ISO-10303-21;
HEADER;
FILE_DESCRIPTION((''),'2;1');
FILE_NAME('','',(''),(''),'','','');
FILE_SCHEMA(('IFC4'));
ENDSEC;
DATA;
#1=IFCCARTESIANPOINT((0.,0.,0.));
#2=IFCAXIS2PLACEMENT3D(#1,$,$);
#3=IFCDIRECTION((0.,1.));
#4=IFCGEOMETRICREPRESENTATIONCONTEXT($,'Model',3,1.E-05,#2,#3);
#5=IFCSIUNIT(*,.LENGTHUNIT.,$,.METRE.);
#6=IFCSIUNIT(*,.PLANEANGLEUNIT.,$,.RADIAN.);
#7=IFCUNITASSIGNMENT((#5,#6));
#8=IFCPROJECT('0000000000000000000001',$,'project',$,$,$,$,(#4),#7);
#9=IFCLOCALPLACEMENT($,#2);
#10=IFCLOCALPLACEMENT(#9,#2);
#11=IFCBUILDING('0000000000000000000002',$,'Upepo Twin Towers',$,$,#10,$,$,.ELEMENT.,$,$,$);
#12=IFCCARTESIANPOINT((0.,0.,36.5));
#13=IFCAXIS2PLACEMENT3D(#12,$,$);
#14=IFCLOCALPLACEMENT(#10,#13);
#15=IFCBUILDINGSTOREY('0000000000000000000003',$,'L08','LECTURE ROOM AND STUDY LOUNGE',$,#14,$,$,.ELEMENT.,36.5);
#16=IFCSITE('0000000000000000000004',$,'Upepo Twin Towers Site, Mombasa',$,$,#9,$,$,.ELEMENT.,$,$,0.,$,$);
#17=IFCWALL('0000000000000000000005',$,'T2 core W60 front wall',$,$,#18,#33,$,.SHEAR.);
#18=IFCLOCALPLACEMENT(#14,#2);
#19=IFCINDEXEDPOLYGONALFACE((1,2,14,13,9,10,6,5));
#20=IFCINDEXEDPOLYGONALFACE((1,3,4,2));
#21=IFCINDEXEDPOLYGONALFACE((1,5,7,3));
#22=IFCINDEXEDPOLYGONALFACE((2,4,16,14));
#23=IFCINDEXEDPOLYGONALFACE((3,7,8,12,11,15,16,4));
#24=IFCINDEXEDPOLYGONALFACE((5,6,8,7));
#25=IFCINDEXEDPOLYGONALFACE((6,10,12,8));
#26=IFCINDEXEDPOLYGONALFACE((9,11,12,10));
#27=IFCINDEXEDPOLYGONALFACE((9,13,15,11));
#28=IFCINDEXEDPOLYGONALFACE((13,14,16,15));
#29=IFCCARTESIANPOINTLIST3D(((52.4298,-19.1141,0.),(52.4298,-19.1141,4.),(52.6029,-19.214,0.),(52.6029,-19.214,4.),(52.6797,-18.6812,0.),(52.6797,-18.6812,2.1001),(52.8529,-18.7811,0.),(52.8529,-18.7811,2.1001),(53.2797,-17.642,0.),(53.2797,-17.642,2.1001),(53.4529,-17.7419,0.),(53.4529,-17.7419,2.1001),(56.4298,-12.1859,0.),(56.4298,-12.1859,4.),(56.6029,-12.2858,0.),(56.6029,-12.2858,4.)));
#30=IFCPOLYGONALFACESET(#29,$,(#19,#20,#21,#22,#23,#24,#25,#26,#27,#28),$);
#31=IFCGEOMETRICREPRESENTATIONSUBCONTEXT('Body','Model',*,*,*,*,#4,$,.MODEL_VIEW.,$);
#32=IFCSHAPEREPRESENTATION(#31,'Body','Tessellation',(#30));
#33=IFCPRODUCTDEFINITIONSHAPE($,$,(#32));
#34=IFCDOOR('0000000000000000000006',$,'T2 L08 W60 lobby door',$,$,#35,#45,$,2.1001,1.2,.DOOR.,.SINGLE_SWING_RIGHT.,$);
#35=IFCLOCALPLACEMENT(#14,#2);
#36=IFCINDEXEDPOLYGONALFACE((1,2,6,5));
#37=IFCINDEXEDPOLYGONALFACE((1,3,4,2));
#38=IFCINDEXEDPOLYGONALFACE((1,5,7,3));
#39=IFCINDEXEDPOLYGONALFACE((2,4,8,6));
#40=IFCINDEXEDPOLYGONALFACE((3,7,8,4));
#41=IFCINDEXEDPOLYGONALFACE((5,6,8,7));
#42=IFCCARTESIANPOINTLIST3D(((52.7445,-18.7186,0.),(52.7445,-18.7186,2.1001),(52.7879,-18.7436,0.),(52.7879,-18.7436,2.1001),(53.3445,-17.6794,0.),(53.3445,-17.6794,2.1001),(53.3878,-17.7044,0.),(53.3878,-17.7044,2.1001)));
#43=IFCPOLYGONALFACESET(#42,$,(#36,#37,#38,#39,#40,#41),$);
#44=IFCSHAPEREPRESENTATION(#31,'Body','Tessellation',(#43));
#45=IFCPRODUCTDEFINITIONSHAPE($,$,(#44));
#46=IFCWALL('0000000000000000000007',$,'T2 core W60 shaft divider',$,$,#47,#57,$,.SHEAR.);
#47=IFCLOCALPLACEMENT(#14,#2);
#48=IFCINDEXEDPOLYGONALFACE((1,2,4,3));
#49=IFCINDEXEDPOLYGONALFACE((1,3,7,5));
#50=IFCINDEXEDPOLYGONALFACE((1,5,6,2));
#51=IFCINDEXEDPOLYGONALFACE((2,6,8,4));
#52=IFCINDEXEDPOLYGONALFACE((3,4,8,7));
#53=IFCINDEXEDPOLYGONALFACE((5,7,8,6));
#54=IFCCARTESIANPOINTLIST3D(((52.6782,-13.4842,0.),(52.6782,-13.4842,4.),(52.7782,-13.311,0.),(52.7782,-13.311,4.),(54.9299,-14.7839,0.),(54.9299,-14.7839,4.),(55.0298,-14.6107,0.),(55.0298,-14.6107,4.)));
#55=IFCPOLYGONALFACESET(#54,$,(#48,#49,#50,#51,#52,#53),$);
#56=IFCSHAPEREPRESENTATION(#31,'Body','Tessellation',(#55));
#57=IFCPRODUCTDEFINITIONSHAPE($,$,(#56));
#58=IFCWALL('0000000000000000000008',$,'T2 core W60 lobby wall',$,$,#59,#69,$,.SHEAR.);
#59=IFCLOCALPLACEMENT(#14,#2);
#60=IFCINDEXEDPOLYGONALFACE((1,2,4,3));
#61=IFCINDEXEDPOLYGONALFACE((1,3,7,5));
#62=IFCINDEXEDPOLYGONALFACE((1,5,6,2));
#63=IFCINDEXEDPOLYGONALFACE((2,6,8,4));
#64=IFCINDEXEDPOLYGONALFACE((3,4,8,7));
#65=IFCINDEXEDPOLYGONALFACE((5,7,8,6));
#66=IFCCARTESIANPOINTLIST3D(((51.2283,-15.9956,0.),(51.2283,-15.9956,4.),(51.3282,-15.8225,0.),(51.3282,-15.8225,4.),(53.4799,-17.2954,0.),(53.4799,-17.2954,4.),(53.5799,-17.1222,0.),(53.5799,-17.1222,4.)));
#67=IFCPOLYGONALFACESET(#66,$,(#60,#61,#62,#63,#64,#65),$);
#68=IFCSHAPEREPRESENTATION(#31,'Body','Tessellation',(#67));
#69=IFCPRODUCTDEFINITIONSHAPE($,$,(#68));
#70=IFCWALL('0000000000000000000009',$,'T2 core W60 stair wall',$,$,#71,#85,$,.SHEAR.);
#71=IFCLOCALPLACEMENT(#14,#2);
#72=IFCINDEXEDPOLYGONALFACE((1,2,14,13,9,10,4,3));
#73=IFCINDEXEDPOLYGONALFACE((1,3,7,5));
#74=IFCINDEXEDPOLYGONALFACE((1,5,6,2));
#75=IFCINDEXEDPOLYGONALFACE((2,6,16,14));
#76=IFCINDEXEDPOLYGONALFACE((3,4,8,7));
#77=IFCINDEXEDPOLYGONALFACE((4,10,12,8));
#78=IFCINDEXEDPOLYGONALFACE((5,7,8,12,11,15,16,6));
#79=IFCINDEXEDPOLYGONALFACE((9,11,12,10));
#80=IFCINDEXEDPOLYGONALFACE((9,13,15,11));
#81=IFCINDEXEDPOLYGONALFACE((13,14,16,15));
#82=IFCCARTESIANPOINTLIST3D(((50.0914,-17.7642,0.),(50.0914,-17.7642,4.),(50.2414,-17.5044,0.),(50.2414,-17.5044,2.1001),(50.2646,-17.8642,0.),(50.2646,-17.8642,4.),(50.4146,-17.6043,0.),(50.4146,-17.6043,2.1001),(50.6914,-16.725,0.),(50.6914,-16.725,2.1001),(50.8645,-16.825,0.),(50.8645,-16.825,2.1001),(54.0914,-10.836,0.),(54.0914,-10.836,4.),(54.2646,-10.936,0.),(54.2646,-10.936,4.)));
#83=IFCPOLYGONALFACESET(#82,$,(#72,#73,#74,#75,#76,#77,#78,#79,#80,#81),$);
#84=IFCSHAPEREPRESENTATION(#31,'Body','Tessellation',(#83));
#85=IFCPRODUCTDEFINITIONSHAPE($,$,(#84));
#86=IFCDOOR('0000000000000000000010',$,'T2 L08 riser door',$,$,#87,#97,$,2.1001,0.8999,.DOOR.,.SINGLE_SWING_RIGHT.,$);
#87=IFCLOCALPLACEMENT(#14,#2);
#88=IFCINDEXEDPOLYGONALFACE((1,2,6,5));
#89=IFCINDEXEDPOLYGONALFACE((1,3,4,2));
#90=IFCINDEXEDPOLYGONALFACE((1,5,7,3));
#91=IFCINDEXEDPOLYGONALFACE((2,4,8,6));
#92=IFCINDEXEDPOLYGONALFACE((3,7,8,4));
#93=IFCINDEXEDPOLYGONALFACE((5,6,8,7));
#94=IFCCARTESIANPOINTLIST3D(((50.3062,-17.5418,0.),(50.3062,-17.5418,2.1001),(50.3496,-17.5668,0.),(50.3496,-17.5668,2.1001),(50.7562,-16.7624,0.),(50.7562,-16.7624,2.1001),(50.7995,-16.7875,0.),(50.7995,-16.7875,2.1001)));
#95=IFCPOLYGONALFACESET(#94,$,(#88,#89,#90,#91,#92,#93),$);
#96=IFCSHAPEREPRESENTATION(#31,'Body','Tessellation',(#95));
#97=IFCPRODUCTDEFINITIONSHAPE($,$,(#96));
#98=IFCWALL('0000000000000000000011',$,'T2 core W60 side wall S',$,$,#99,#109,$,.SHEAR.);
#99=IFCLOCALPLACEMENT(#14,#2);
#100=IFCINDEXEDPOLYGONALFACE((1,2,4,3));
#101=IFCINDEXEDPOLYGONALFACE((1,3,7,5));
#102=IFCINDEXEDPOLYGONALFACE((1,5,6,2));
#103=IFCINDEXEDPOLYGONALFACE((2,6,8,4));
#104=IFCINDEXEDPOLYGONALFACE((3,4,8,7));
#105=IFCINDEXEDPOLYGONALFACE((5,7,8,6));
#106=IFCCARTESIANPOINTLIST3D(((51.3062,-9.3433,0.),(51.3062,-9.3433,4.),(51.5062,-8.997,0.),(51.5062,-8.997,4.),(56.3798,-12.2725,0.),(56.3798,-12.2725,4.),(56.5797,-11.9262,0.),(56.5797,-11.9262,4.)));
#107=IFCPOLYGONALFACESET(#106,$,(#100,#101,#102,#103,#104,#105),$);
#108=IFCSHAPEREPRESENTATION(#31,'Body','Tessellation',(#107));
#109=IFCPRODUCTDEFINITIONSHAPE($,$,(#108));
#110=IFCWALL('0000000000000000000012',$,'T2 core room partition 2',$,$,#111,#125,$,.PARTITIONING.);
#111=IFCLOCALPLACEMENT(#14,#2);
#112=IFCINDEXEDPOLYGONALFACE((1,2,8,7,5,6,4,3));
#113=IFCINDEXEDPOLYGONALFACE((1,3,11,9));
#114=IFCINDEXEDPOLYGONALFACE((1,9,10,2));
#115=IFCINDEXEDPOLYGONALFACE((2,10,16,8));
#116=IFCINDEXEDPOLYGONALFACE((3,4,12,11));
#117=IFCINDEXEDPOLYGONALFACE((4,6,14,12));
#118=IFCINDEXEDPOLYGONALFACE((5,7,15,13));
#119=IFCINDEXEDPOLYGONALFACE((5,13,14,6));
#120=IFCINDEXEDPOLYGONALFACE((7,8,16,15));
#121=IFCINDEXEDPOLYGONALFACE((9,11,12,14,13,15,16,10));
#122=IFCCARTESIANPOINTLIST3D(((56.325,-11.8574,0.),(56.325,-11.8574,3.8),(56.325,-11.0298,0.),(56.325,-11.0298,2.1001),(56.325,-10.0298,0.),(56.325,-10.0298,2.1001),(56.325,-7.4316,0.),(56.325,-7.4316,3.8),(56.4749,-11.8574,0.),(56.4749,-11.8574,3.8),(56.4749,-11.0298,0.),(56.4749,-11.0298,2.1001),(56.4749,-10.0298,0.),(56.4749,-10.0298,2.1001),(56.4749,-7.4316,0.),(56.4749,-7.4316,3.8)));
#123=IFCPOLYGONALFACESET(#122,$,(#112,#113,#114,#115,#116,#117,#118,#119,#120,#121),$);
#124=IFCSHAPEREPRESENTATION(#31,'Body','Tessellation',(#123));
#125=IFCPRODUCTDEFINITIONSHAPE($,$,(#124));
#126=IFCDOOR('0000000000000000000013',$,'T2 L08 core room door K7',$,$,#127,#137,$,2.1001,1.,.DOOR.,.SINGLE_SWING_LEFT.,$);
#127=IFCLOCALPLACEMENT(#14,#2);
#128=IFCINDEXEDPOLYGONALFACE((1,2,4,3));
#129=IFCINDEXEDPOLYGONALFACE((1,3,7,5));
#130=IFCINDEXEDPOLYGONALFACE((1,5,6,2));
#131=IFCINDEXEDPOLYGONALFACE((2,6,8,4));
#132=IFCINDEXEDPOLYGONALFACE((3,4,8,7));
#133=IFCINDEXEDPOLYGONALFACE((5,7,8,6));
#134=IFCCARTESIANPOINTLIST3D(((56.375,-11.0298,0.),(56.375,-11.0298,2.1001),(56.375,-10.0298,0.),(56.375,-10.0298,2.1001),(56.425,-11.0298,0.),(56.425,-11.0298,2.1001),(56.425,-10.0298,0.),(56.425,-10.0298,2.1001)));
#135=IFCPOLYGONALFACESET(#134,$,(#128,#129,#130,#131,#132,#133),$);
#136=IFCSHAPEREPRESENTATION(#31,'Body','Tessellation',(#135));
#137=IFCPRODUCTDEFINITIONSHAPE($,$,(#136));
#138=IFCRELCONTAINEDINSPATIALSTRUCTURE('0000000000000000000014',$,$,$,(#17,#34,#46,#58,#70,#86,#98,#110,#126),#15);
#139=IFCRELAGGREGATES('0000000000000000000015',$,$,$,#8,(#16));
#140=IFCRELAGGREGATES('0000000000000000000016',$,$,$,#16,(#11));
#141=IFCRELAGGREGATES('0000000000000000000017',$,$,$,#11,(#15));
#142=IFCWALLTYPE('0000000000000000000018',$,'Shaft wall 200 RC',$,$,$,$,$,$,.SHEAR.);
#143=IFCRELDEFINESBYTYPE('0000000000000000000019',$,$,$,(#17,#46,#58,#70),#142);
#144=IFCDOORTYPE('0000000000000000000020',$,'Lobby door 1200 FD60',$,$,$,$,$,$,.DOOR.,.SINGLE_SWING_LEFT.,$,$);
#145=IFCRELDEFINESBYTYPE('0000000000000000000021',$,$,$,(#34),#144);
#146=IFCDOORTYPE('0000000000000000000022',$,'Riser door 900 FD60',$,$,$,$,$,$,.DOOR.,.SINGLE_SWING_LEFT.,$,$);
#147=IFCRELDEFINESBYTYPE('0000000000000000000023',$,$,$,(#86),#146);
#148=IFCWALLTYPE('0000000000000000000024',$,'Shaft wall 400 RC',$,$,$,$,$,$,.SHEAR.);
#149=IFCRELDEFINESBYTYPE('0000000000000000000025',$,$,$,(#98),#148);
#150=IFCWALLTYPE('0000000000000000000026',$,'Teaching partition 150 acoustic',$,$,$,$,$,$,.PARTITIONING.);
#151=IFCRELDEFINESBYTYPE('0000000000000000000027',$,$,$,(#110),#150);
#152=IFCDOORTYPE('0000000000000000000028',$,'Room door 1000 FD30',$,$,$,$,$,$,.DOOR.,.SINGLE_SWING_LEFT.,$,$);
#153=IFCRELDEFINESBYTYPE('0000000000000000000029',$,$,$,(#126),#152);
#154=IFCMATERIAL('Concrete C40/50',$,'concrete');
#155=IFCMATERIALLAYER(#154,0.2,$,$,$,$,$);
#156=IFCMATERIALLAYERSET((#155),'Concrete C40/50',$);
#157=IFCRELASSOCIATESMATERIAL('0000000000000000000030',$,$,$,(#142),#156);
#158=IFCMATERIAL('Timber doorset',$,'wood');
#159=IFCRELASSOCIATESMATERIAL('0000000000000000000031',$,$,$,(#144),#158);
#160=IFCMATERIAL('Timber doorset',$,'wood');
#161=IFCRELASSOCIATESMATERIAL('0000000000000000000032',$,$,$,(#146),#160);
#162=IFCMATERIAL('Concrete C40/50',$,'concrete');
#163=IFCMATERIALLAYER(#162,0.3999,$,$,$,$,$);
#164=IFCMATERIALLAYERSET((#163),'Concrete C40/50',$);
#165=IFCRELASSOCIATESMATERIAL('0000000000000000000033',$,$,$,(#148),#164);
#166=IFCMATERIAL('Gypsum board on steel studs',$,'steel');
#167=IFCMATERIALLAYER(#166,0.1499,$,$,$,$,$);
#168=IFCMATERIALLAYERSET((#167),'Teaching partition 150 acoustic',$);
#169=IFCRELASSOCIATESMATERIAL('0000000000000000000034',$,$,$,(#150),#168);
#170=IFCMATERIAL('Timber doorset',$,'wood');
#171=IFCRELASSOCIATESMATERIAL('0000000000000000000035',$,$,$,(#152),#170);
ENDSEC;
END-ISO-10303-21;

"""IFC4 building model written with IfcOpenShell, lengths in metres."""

from ifc_helpers import new_model, si_unit, direction, frame, frame_2d, origin, place, context, subcontext, project, spatial, rectangle, extrude, material, layer, layer_set, type_object, element, fill, save


model = new_model("IFC4")

# Units and contexts
model_context = context("Model", 3, precision=1e-05, world=origin(), true_north=direction((0.0, 1.0)))
body_context = subcontext(model_context, "Body", "Model", "MODEL_VIEW")
ifc_project = project(units=[si_unit("LENGTHUNIT", "METRE"), si_unit("PLANEANGLEUNIT", "RADIAN")], contexts=[model_context])

# Site, building, storey
site_placement = place(None, origin())
site = spatial("IfcSite", under=ifc_project, at=site_placement, Name="Upepo Twin Towers Site, Mombasa", CompositionType="ELEMENT", RefElevation=0.0)
building_placement = place(site_placement, origin())
building = spatial("IfcBuilding", under=site, at=building_placement, Name="Upepo Twin Towers", CompositionType="ELEMENT")
storey_placement = place(building_placement, frame((0.0, 0.0, 36.5)))
storey = spatial("IfcBuildingStorey", under=building, at=storey_placement, Name="L08", Description="LECTURE ROOM AND STUDY LOUNGE", CompositionType="ELEMENT", Elevation=36.5)

# Wall, opening, door
ifc_material_1 = material(Name="Concrete C40/50", Category="concrete")
ifc_layer_1 = layer(ifc_material_1, 0.2)
ifc_layer_set_1 = layer_set([ifc_layer_1], Name="Concrete C40/50")
wall_type_1 = type_object("IfcWallType", Name="Shaft wall 200 RC", PredefinedType="SHEAR", material=ifc_layer_set_1)
wall_1_placement = place(storey_placement, frame((56.5164, -12.2358, 0.0), z_axis=(0.0, 0.0, 1.0), x_axis=(-0.499999, -0.866026, 0.0)))
wall_1 = element("IfcWall", 1, at=wall_1_placement, inside=storey, type_object=wall_type_1, Name="T2 core W60 front wall", PredefinedType="SHEAR", context=body_context, shape_type="SweptSolid", body=[
    extrude(rectangle(XDim=8.0, YDim=0.2, at=frame_2d((4.0, 0.0))), origin(), (0.0, 0.0, 1.0), 4.0),
])
opening_1_placement = place(wall_1_placement, frame((6.3, 0.0, 0.0)))
opening_1 = element("IfcOpeningElement", 2, at=opening_1_placement, cuts=wall_1, PredefinedType="OPENING", context=body_context, shape_type="SweptSolid", body=[
    extrude(rectangle(XDim=1.2, YDim=2.1001, at=frame_2d((0.6001, 1.05))), frame((0.0, 0.1099, 0.0), z_axis=(0.0, -1.0, 0.0), x_axis=(1.0, 0.0, 0.0)), (0.0, 0.0, 1.0), 0.22),
])
ifc_material_2 = material(Name="Timber doorset", Category="wood")
door_type_1 = type_object("IfcDoorType", Name="Lobby door 1200 FD60", OperationType="SINGLE_SWING_LEFT", PredefinedType="DOOR", material=ifc_material_2)
door_1_placement = place(opening_1_placement, origin())
door_1 = element("IfcDoor", 3, at=door_1_placement, inside=storey, type_object=door_type_1, Name="T2 L08 W60 lobby door", OperationType="SINGLE_SWING_RIGHT", OverallHeight=2.1001, OverallWidth=1.2, PredefinedType="DOOR", context=body_context, shape_type="SweptSolid", body=[
    extrude(rectangle(XDim=1.2, YDim=2.1001, at=frame_2d((0.6001, 1.05))), frame((0.0, 0.0249, 0.0), z_axis=(0.0, -1.0, 0.0), x_axis=(1.0, 0.0, 0.0)), (0.0, 0.0, 1.0), 0.05),
])
fill(opening_1, door_1)

# Walls
for number, where, z_axis, x_axis, name in (
    (4, (54.9797, -14.6973, 0.0), (0.0, 0.0, 1.0), (-0.866062, 0.499937, 0.0), "T2 core W60 shaft divider"),
    (5, (53.5298, -17.2087, 0.0), (0.0, 0.0, 1.0), (-0.866062, 0.499937, 0.0), "T2 core W60 lobby wall"),
):
    element("IfcWall", number, at=place(storey_placement, frame(where, z_axis=z_axis, x_axis=x_axis)), inside=storey, type_object=wall_type_1, Name=name, PredefinedType="SHEAR", context=body_context, shape_type="SweptSolid", body=[
        extrude(rectangle(XDim=2.5999, YDim=0.2, at=frame_2d((1.2998, 0.0))), origin(), (0.0, 0.0, 1.0), 4.0),
    ])

# Wall, opening, door
wall_2_placement = place(storey_placement, frame((54.178, -10.886, 0.0), z_axis=(0.0, 0.0, 1.0), x_axis=(-0.499999, -0.866026, 0.0)))
wall_2 = element("IfcWall", 6, at=wall_2_placement, inside=storey, type_object=wall_type_1, Name="T2 core W60 stair wall", PredefinedType="SHEAR", context=body_context, shape_type="SweptSolid", body=[
    extrude(rectangle(XDim=8.0, YDim=0.2, at=frame_2d((4.0, 0.0))), origin(), (0.0, 0.0, 1.0), 4.0),
])
opening_2_placement = place(wall_2_placement, frame((6.8, 0.0, 0.0)))
opening_2 = element("IfcOpeningElement", 7, at=opening_2_placement, cuts=wall_2, PredefinedType="OPENING", context=body_context, shape_type="SweptSolid", body=[
    extrude(rectangle(XDim=0.8999, YDim=2.1001, at=frame_2d((0.45, 1.05))), frame((0.0, 0.1099, 0.0), z_axis=(0.0, -1.0, 0.0), x_axis=(1.0, 0.0, 0.0)), (0.0, 0.0, 1.0), 0.22),
])
ifc_material_3 = material(Name="Timber doorset", Category="wood")
door_type_2 = type_object("IfcDoorType", Name="Riser door 900 FD60", OperationType="SINGLE_SWING_LEFT", PredefinedType="DOOR", material=ifc_material_3)
door_2_placement = place(opening_2_placement, origin())
door_2 = element("IfcDoor", 8, at=door_2_placement, inside=storey, type_object=door_type_2, Name="T2 L08 riser door", OperationType="SINGLE_SWING_RIGHT", OverallHeight=2.1001, OverallWidth=0.8999, PredefinedType="DOOR", context=body_context, shape_type="SweptSolid", body=[
    extrude(rectangle(XDim=0.8999, YDim=2.1001, at=frame_2d((0.45, 1.05))), frame((0.0, 0.0249, 0.0), z_axis=(0.0, -1.0, 0.0), x_axis=(1.0, 0.0, 0.0)), (0.0, 0.0, 1.0), 0.05),
])
fill(opening_2, door_2)

# Wall
ifc_material_4 = material(Name="Concrete C40/50", Category="concrete")
ifc_layer_2 = layer(ifc_material_4, 0.3999)
ifc_layer_set_2 = layer_set([ifc_layer_2], Name="Concrete C40/50")
wall_type_2 = type_object("IfcWallType", Name="Shaft wall 400 RC", PredefinedType="SHEAR", material=ifc_layer_set_2)
wall_3_placement = place(storey_placement, frame((56.4797, -12.0994, 0.0), z_axis=(0.0, 0.0, 1.0), x_axis=(-0.866024, 0.500003, 0.0)))
element("IfcWall", 9, at=wall_3_placement, inside=storey, type_object=wall_type_2, Name="T2 core W60 side wall S", PredefinedType="SHEAR", context=body_context, shape_type="SweptSolid", body=[
    extrude(rectangle(XDim=5.8584, YDim=0.3999, at=frame_2d((2.9292, 0.0))), origin(), (0.0, 0.0, 1.0), 4.0),
])

# Wall, opening, door
ifc_material_5 = material(Name="Gypsum board on steel studs", Category="steel")
ifc_layer_3 = layer(ifc_material_5, 0.1499)
ifc_layer_set_3 = layer_set([ifc_layer_3], Name="Teaching partition 150 acoustic")
wall_type_3 = type_object("IfcWallType", Name="Teaching partition 150 acoustic", PredefinedType="PARTITIONING", material=ifc_layer_set_3)
wall_4_placement = place(storey_placement, frame((56.3999, -11.8574, 0.0), z_axis=(0.0, 0.0, 1.0), x_axis=(0.0, 1.0, 0.0)))
wall_4 = element("IfcWall", 10, at=wall_4_placement, inside=storey, type_object=wall_type_3, Name="T2 core room partition 2", PredefinedType="PARTITIONING", context=body_context, shape_type="SweptSolid", body=[
    extrude(rectangle(XDim=4.4258, YDim=0.1499, at=frame_2d((2.2129, 0.0))), origin(), (0.0, 0.0, 1.0), 3.8),
])
opening_3_placement = place(wall_4_placement, frame((0.8276, 0.0, 0.0)))
opening_3 = element("IfcOpeningElement", 11, at=opening_3_placement, cuts=wall_4, PredefinedType="OPENING", context=body_context, shape_type="SweptSolid", body=[
    extrude(rectangle(XDim=1.0, YDim=2.1001, at=frame_2d((0.5, 1.05))), frame((0.0, 0.085, 0.0), z_axis=(0.0, -1.0, 0.0), x_axis=(1.0, 0.0, 0.0)), (0.0, 0.0, 1.0), 0.1699),
])
ifc_material_6 = material(Name="Timber doorset", Category="wood")
door_type_3 = type_object("IfcDoorType", Name="Room door 1000 FD30", OperationType="SINGLE_SWING_LEFT", PredefinedType="DOOR", material=ifc_material_6)
door_3_placement = place(opening_3_placement, origin())
door_3 = element("IfcDoor", 12, at=door_3_placement, inside=storey, type_object=door_type_3, Name="T2 L08 core room door K7", OperationType="SINGLE_SWING_LEFT", OverallHeight=2.1001, OverallWidth=1.0, PredefinedType="DOOR", context=body_context, shape_type="SweptSolid", body=[
    extrude(rectangle(XDim=1.0, YDim=2.1001, at=frame_2d((0.5, 1.05))), frame((0.0, 0.0249, 0.0), z_axis=(0.0, -1.0, 0.0), x_axis=(1.0, 0.0, 0.0)), (0.0, 0.0, 1.0), 0.05),
])
fill(opening_3, door_3)

save(model, "model.ifc")
